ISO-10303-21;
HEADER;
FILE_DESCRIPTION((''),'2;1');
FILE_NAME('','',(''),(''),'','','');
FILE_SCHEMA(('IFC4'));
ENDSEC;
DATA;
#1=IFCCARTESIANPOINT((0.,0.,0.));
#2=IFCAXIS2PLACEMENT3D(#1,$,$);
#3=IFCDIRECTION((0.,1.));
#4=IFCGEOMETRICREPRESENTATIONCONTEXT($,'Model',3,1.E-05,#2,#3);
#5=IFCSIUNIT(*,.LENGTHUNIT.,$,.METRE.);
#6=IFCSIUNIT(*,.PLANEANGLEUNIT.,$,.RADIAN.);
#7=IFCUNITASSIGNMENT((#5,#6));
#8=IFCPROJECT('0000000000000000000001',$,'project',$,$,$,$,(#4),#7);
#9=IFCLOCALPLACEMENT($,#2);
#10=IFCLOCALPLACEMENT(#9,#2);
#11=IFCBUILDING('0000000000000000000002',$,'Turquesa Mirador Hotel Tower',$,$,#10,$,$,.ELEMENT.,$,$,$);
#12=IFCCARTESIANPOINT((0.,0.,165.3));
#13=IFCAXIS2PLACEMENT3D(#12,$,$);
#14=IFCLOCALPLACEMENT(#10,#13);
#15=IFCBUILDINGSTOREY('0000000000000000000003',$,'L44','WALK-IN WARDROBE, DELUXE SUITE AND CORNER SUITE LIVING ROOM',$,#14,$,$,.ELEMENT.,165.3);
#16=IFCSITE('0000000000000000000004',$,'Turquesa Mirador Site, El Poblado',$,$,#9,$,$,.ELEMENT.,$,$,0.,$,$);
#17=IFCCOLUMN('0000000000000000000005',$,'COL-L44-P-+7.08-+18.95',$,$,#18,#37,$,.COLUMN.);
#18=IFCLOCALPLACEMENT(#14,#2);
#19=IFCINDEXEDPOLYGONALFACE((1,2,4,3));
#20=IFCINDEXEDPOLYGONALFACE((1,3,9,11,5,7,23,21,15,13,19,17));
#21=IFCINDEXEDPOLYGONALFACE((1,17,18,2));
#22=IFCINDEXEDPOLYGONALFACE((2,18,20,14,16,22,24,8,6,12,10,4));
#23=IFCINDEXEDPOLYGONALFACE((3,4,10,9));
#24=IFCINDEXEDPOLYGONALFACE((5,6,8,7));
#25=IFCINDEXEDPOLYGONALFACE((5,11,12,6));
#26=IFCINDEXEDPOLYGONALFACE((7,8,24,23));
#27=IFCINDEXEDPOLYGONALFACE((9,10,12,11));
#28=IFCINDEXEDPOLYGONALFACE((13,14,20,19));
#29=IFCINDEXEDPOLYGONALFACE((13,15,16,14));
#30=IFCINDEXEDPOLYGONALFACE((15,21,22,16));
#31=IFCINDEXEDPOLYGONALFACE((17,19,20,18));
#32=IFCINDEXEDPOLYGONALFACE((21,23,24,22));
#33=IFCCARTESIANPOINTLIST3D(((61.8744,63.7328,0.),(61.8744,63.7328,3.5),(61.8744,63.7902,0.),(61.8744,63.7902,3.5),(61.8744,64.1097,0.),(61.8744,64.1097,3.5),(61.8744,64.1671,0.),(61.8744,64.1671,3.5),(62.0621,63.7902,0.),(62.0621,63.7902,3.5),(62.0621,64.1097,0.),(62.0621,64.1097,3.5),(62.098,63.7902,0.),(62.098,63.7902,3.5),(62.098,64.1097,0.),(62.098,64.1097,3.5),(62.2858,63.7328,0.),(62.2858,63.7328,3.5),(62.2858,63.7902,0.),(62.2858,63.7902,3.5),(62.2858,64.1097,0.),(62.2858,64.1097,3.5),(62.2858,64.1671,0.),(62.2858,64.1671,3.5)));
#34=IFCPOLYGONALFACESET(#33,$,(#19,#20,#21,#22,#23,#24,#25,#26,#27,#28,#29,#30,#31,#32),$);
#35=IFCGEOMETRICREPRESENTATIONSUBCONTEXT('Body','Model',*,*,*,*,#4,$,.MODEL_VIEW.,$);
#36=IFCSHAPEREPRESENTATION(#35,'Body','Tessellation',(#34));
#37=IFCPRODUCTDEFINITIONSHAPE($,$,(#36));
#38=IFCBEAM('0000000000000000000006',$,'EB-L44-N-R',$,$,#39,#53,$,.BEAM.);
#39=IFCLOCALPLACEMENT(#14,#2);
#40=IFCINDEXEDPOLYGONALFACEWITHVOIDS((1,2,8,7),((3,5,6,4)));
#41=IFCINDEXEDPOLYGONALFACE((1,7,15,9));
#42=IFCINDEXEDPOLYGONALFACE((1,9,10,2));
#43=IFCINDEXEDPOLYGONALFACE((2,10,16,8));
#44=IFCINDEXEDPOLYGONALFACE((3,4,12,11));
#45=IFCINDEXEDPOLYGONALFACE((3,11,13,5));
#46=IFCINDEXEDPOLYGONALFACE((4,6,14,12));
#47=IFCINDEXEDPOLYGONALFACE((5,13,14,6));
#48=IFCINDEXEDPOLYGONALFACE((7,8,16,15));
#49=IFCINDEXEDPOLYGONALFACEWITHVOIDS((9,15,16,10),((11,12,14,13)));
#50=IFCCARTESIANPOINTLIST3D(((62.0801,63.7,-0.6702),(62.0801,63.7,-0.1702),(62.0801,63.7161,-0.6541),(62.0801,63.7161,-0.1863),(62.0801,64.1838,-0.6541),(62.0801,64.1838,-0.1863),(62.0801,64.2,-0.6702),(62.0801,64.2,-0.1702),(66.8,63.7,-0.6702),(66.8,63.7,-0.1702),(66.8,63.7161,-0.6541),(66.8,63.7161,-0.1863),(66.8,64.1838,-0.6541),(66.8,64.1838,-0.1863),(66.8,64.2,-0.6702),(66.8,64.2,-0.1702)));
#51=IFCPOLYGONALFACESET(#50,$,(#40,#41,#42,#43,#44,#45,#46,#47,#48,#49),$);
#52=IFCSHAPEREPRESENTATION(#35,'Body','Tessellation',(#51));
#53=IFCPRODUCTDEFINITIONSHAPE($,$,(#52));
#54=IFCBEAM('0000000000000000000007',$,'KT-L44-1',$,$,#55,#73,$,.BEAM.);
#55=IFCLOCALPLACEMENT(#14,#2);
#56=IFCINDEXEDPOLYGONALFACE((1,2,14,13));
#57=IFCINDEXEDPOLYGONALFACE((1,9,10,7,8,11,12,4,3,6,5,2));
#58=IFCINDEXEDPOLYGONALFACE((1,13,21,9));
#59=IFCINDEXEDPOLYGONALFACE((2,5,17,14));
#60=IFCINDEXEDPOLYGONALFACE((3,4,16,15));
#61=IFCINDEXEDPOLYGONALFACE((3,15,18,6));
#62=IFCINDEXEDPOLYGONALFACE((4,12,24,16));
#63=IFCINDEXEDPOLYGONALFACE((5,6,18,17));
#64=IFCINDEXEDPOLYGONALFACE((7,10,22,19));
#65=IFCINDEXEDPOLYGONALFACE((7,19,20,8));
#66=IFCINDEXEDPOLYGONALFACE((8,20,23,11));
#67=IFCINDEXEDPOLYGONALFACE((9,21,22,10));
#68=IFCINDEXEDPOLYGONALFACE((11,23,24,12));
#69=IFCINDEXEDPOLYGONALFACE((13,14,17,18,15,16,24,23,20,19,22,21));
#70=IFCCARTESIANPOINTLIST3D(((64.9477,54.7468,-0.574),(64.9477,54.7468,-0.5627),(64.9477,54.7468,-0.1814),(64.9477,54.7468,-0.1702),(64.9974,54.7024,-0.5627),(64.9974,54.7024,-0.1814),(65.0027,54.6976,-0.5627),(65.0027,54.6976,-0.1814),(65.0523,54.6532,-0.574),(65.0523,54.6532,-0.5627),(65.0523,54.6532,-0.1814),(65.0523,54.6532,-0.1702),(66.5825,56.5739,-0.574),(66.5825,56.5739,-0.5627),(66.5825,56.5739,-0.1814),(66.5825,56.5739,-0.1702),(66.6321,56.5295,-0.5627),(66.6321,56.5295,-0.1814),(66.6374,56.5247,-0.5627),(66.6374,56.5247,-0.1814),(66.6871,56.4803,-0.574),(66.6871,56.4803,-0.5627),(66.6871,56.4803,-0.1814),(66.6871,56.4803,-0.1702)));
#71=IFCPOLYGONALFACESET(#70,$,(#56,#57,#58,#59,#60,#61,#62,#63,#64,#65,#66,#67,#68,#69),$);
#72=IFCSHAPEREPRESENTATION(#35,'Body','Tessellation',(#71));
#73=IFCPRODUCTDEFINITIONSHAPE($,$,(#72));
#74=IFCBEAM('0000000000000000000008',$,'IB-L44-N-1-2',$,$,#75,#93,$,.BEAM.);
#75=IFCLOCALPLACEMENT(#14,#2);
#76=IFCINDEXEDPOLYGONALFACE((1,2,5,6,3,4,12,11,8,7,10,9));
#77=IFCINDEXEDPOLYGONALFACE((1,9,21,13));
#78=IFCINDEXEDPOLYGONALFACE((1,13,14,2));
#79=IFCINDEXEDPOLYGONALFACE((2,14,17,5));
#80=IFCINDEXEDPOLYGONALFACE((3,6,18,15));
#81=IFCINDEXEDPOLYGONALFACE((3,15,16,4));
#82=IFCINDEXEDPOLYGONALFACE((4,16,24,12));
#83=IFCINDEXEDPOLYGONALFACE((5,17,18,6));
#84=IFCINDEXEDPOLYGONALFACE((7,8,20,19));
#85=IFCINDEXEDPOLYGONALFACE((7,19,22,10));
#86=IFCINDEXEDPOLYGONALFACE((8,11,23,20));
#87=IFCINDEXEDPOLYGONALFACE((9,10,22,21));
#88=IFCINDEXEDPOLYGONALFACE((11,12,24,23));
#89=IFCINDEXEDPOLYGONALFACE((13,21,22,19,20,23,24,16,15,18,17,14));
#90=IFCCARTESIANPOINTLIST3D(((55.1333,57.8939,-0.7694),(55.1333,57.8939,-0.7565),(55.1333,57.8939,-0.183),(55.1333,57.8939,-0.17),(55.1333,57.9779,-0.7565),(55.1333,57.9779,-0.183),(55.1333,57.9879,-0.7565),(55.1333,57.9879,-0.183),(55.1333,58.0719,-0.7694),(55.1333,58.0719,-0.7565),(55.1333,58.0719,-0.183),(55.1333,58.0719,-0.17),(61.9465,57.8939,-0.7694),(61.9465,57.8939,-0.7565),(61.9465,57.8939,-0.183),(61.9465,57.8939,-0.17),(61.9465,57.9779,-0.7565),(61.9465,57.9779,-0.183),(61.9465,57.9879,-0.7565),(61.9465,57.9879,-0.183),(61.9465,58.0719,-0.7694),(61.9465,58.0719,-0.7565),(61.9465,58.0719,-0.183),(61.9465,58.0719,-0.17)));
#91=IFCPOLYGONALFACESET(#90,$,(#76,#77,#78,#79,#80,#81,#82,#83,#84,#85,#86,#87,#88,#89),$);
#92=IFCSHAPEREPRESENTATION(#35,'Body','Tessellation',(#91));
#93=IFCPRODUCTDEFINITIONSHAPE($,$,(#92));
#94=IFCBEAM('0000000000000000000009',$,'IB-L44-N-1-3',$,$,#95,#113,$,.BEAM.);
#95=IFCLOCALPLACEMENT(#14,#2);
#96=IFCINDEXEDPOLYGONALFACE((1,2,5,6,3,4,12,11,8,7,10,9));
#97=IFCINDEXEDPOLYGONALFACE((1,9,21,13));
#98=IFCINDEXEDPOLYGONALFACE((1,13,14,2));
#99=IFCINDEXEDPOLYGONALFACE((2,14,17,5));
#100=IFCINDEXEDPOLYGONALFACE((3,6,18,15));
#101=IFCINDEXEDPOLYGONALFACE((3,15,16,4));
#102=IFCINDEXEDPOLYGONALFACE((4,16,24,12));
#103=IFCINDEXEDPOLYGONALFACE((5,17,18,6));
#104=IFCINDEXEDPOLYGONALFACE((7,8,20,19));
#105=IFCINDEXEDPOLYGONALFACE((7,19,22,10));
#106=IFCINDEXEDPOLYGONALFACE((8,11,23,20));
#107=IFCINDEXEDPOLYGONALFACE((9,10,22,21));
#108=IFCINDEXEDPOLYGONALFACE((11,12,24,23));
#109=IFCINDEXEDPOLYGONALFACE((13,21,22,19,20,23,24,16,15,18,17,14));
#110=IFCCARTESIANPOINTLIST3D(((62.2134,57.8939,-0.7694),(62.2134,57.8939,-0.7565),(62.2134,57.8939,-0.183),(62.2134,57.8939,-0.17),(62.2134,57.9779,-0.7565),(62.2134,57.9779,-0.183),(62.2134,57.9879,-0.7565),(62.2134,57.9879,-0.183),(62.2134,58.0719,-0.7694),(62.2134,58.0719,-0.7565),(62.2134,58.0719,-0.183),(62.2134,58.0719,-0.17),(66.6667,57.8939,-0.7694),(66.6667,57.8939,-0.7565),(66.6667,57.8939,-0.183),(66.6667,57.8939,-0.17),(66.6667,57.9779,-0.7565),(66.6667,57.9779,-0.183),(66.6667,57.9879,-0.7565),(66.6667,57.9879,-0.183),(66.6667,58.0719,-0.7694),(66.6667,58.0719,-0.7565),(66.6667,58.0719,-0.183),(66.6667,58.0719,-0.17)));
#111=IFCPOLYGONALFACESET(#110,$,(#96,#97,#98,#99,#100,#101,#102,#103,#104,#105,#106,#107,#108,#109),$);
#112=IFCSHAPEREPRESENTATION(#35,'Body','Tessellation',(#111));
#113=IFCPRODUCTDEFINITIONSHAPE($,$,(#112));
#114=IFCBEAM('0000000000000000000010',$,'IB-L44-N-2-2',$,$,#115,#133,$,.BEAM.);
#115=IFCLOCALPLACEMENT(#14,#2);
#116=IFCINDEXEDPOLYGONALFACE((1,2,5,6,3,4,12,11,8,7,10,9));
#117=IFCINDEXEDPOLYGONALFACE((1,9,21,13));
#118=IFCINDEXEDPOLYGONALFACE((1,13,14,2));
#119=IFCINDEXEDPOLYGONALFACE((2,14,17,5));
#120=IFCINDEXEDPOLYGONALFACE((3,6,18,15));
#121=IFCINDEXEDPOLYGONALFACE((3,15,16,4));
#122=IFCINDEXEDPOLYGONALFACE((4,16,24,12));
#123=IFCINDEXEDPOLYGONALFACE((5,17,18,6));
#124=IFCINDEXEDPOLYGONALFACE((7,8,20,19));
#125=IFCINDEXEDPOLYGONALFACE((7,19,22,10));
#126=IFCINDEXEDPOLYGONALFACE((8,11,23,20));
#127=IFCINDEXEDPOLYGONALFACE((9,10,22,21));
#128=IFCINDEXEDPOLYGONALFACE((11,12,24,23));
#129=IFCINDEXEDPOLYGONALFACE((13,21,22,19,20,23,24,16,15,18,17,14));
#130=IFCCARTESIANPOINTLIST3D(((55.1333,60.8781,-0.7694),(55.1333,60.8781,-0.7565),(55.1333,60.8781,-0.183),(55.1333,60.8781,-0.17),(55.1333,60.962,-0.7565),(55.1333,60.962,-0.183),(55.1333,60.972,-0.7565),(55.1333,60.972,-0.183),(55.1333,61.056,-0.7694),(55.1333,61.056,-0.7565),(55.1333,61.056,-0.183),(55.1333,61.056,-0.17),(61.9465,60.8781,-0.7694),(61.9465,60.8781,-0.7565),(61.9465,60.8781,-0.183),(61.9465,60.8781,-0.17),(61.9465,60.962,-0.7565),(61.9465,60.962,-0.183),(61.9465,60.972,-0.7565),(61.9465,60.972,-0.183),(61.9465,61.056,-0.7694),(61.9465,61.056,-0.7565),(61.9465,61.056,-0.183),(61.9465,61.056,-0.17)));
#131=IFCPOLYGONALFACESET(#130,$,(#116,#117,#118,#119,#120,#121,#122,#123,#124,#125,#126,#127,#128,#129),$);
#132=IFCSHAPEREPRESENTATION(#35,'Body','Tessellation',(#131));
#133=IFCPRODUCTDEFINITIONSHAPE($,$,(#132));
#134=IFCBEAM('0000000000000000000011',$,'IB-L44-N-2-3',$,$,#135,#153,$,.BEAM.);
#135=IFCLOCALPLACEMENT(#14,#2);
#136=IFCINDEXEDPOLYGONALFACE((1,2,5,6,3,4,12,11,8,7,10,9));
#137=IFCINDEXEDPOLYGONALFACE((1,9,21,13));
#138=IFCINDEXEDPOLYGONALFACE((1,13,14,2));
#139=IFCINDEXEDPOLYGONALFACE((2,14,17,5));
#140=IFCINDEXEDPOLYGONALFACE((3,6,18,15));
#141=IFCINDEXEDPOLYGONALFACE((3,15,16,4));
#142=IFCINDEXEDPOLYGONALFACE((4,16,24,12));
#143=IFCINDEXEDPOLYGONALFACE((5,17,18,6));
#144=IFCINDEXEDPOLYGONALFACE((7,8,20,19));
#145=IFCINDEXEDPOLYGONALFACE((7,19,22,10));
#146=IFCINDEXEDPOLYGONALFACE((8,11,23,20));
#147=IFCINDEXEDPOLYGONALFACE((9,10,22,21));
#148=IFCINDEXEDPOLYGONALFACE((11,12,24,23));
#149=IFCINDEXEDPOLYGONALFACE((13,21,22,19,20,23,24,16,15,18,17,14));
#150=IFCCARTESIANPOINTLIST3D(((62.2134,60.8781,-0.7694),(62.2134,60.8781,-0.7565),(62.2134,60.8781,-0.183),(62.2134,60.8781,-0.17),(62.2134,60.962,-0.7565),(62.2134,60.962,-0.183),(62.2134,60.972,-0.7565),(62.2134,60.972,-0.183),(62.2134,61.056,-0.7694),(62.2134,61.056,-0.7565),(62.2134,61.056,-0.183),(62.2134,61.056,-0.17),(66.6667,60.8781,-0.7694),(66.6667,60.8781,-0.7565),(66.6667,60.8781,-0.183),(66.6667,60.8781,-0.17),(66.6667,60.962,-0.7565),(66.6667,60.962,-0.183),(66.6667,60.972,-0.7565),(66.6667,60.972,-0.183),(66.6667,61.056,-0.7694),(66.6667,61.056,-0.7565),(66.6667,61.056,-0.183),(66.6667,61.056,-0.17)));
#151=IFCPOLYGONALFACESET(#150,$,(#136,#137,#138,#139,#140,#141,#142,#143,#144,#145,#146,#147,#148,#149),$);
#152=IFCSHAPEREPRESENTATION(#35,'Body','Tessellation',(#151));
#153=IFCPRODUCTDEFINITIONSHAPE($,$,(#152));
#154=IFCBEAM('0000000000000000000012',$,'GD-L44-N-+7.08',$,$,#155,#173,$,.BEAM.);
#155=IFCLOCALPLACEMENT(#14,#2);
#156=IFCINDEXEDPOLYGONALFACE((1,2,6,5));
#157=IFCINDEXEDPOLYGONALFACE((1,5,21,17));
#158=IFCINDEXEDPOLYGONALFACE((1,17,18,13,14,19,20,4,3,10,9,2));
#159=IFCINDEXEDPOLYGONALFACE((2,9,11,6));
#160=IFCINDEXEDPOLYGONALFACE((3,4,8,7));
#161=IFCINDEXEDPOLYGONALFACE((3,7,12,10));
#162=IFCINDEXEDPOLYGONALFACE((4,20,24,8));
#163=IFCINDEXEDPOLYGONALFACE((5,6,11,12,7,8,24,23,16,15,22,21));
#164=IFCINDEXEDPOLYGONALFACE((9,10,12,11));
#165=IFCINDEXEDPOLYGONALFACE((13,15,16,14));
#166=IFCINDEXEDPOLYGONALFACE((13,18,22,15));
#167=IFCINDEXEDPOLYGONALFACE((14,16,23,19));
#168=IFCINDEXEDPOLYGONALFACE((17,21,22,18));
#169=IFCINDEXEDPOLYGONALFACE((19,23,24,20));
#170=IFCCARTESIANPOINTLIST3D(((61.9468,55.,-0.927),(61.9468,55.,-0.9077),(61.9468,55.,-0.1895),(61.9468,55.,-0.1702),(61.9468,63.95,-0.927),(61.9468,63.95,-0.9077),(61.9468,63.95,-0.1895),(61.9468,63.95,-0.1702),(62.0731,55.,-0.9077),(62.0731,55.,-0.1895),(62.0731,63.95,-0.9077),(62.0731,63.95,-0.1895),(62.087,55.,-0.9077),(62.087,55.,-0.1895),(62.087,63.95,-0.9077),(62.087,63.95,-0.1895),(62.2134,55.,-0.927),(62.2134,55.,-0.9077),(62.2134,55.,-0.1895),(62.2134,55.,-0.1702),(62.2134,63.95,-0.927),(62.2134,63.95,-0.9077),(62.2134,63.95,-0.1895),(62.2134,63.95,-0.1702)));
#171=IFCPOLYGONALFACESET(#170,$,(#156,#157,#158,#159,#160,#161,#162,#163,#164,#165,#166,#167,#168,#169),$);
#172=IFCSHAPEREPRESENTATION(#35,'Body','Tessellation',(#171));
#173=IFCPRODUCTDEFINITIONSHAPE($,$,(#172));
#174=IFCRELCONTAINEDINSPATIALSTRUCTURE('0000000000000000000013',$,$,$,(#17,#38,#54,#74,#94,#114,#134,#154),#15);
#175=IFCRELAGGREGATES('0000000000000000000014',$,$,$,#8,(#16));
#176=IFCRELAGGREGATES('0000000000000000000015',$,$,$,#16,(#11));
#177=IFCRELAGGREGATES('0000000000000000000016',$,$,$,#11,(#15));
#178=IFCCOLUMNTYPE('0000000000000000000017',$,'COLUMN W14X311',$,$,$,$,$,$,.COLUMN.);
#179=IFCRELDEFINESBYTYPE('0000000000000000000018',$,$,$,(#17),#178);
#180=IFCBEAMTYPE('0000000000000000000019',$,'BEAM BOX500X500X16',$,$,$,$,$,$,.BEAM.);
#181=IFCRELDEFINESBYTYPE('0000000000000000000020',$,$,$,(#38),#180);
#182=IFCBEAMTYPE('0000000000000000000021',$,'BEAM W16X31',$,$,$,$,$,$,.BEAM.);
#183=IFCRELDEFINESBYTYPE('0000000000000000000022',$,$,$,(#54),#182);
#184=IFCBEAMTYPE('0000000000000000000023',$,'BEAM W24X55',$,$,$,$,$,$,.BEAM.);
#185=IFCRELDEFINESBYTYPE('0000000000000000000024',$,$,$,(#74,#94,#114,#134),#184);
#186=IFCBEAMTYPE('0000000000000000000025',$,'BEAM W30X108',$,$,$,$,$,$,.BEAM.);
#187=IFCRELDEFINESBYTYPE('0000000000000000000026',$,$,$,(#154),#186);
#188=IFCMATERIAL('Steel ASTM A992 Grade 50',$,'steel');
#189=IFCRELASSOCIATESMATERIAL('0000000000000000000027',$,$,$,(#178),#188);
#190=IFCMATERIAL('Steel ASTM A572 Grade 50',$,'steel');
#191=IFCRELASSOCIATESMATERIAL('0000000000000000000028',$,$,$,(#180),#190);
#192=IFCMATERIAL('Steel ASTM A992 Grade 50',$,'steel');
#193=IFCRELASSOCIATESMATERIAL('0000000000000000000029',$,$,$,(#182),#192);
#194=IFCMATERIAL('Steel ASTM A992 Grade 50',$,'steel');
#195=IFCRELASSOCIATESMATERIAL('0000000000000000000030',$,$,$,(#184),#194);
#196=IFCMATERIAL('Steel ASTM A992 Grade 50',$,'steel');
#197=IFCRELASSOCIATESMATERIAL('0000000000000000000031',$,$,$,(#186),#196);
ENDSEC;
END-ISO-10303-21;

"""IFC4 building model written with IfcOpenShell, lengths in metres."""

from ifc_helpers import new_model, si_unit, direction, frame, origin, origin_2d, place, context, subcontext, project, spatial, hollow_rectangle, i_section, extrude, material, material_profile, profile_set, type_object, element, save


model = new_model("IFC4")

# Units and contexts
model_context = context("Model", 3, precision=1e-05, world=origin(), true_north=direction((0.0, 1.0)))
body_context = subcontext(model_context, "Body", "Model", "MODEL_VIEW")
ifc_project = project(units=[si_unit("LENGTHUNIT", "METRE"), si_unit("PLANEANGLEUNIT", "RADIAN")], contexts=[model_context])

# Site, building, storey
site_placement = place(None, origin())
site = spatial("IfcSite", under=ifc_project, at=site_placement, Name="Turquesa Mirador Site, El Poblado", CompositionType="ELEMENT", RefElevation=0.0)
building_placement = place(site_placement, origin())
building = spatial("IfcBuilding", under=site, at=building_placement, Name="Turquesa Mirador Hotel Tower", CompositionType="ELEMENT")
storey_placement = place(building_placement, frame((0.0, 0.0, 165.3)))
storey = spatial("IfcBuildingStorey", under=building, at=storey_placement, Name="L44", Description="WALK-IN WARDROBE, DELUXE SUITE AND CORNER SUITE LIVING ROOM", CompositionType="ELEMENT", Elevation=165.3)

# Column
ifc_material_1 = material(Name="Steel ASTM A992 Grade 50", Category="steel")
ifc_material_profile_1 = material_profile(ifc_material_1, i_section(OverallWidth=0.4114, OverallDepth=0.4343, WebThickness=0.0359, FlangeThickness=0.0574, at=origin_2d()), Name="W14X311")
ifc_profile_set_1 = profile_set([ifc_material_profile_1], Name="Steel ASTM A992 Grade 50")
column_type = type_object("IfcColumnType", Name="COLUMN W14X311", PredefinedType="COLUMN", material=ifc_profile_set_1)
column_placement = place(storey_placement, frame((62.0801, 63.95, 0.0), z_axis=(0.0, 0.0, 1.0), x_axis=(1.0, 0.0, 0.0)))
element("IfcColumn", 1, at=column_placement, inside=storey, type_object=column_type, Name="COL-L44-P-+7.08-+18.95", PredefinedType="COLUMN", context=body_context, shape_type="SweptSolid", body=[
    extrude(i_section(OverallWidth=0.4114, OverallDepth=0.4343, WebThickness=0.0359, FlangeThickness=0.0574, at=origin_2d()), origin(), (0.0, 0.0, 1.0), 3.5),
])

# Beams
ifc_material_2 = material(Name="Steel ASTM A572 Grade 50", Category="steel")
ifc_material_profile_2 = material_profile(ifc_material_2, hollow_rectangle(XDim=0.5, YDim=0.5, WallThickness=0.0161, at=origin_2d()), Name="BOX500X500X16")
ifc_profile_set_2 = profile_set([ifc_material_profile_2], Name="Steel ASTM A572 Grade 50")
beam_type_1 = type_object("IfcBeamType", Name="BEAM BOX500X500X16", PredefinedType="BEAM", material=ifc_profile_set_2)
beam_1_placement = place(storey_placement, frame((62.0801, 63.95, -0.4202), z_axis=(1.0, 0.0, 0.0), x_axis=(0.0, 1.0, 0.0)))
element("IfcBeam", 2, at=beam_1_placement, inside=storey, type_object=beam_type_1, Name="EB-L44-N-R", PredefinedType="BEAM", context=body_context, shape_type="SweptSolid", body=[
    extrude(hollow_rectangle(XDim=0.5, YDim=0.5, WallThickness=0.0161, at=origin_2d()), origin(), (0.0, 0.0, 1.0), 4.72),
])
ifc_material_3 = material(Name="Steel ASTM A992 Grade 50", Category="steel")
ifc_material_profile_3 = material_profile(ifc_material_3, i_section(OverallWidth=0.1404, OverallDepth=0.4038, WebThickness=0.0071, FlangeThickness=0.0112, at=origin_2d()), Name="W16X31")
ifc_profile_set_3 = profile_set([ifc_material_profile_3], Name="Steel ASTM A992 Grade 50")
beam_type_2 = type_object("IfcBeamType", Name="BEAM W16X31", PredefinedType="BEAM", material=ifc_profile_set_3)
beam_2_placement = place(storey_placement, frame((66.6348, 56.5271, -0.3721), z_axis=(-0.666783, -0.745252, 0.0), x_axis=(0.745252, -0.666783, 0.0)))
element("IfcBeam", 3, at=beam_2_placement, inside=storey, type_object=beam_type_2, Name="KT-L44-1", PredefinedType="BEAM", context=body_context, shape_type="SweptSolid", body=[
    extrude(i_section(OverallWidth=0.1404, OverallDepth=0.4038, WebThickness=0.0071, FlangeThickness=0.0112, at=origin_2d()), origin(), (0.0, 0.0, 1.0), 2.4517),
])
ifc_material_4 = material(Name="Steel ASTM A992 Grade 50", Category="steel")
ifc_material_profile_4 = material_profile(ifc_material_4, i_section(OverallWidth=0.178, OverallDepth=0.5994, WebThickness=0.01, FlangeThickness=0.0129, at=origin_2d()), Name="W24X55")
ifc_profile_set_4 = profile_set([ifc_material_profile_4], Name="Steel ASTM A992 Grade 50")
beam_type_3 = type_object("IfcBeamType", Name="BEAM W24X55", PredefinedType="BEAM", material=ifc_profile_set_4)
beam_3_placement = place(storey_placement, frame((55.1333, 57.9829, -0.4697), z_axis=(1.0, 0.0, 0.0), x_axis=(0.0, 1.0, 0.0)))
element("IfcBeam", 4, at=beam_3_placement, inside=storey, type_object=beam_type_3, Name="IB-L44-N-1-2", PredefinedType="BEAM", context=body_context, shape_type="SweptSolid", body=[
    extrude(i_section(OverallWidth=0.178, OverallDepth=0.5994, WebThickness=0.01, FlangeThickness=0.0129, at=origin_2d()), origin(), (0.0, 0.0, 1.0), 6.8132),
])
beam_4_placement = place(storey_placement, frame((62.2134, 57.9829, -0.4697), z_axis=(1.0, 0.0, 0.0), x_axis=(0.0, 1.0, 0.0)))
element("IfcBeam", 5, at=beam_4_placement, inside=storey, type_object=beam_type_3, Name="IB-L44-N-1-3", PredefinedType="BEAM", context=body_context, shape_type="SweptSolid", body=[
    extrude(i_section(OverallWidth=0.178, OverallDepth=0.5994, WebThickness=0.01, FlangeThickness=0.0129, at=origin_2d()), origin(), (0.0, 0.0, 1.0), 4.4534),
])
beam_5_placement = place(storey_placement, frame((55.1333, 60.967, -0.4697), z_axis=(1.0, 0.0, 0.0), x_axis=(0.0, 1.0, 0.0)))
element("IfcBeam", 6, at=beam_5_placement, inside=storey, type_object=beam_type_3, Name="IB-L44-N-2-2", PredefinedType="BEAM", context=body_context, shape_type="SweptSolid", body=[
    extrude(i_section(OverallWidth=0.178, OverallDepth=0.5994, WebThickness=0.01, FlangeThickness=0.0129, at=origin_2d()), origin(), (0.0, 0.0, 1.0), 6.8132),
])
beam_6_placement = place(storey_placement, frame((62.2134, 60.967, -0.4697), z_axis=(1.0, 0.0, 0.0), x_axis=(0.0, 1.0, 0.0)))
element("IfcBeam", 7, at=beam_6_placement, inside=storey, type_object=beam_type_3, Name="IB-L44-N-2-3", PredefinedType="BEAM", context=body_context, shape_type="SweptSolid", body=[
    extrude(i_section(OverallWidth=0.178, OverallDepth=0.5994, WebThickness=0.01, FlangeThickness=0.0129, at=origin_2d()), origin(), (0.0, 0.0, 1.0), 4.4534),
])
ifc_material_5 = material(Name="Steel ASTM A992 Grade 50", Category="steel")
ifc_material_profile_5 = material_profile(ifc_material_5, i_section(OverallWidth=0.2666, OverallDepth=0.7568, WebThickness=0.0139, FlangeThickness=0.0193, at=origin_2d()), Name="W30X108")
ifc_profile_set_5 = profile_set([ifc_material_profile_5], Name="Steel ASTM A992 Grade 50")
beam_type_4 = type_object("IfcBeamType", Name="BEAM W30X108", PredefinedType="BEAM", material=ifc_profile_set_5)
for number, where, z_axis, x_axis, name in (
    (8, (62.0801, 63.95, -0.5486), (0.0, -1.0, 0.0), (1.0, 0.0, 0.0), "GD-L44-N-+7.08"),
):
    element("IfcBeam", number, at=place(storey_placement, frame(where, z_axis=z_axis, x_axis=x_axis)), inside=storey, type_object=beam_type_4, Name=name, PredefinedType="BEAM", context=body_context, shape_type="SweptSolid", body=[
        extrude(i_section(OverallWidth=0.2666, OverallDepth=0.7568, WebThickness=0.0139, FlangeThickness=0.0193, at=origin_2d()), origin(), (0.0, 0.0, 1.0), 8.95),
    ])

save(model, "model.ifc")
